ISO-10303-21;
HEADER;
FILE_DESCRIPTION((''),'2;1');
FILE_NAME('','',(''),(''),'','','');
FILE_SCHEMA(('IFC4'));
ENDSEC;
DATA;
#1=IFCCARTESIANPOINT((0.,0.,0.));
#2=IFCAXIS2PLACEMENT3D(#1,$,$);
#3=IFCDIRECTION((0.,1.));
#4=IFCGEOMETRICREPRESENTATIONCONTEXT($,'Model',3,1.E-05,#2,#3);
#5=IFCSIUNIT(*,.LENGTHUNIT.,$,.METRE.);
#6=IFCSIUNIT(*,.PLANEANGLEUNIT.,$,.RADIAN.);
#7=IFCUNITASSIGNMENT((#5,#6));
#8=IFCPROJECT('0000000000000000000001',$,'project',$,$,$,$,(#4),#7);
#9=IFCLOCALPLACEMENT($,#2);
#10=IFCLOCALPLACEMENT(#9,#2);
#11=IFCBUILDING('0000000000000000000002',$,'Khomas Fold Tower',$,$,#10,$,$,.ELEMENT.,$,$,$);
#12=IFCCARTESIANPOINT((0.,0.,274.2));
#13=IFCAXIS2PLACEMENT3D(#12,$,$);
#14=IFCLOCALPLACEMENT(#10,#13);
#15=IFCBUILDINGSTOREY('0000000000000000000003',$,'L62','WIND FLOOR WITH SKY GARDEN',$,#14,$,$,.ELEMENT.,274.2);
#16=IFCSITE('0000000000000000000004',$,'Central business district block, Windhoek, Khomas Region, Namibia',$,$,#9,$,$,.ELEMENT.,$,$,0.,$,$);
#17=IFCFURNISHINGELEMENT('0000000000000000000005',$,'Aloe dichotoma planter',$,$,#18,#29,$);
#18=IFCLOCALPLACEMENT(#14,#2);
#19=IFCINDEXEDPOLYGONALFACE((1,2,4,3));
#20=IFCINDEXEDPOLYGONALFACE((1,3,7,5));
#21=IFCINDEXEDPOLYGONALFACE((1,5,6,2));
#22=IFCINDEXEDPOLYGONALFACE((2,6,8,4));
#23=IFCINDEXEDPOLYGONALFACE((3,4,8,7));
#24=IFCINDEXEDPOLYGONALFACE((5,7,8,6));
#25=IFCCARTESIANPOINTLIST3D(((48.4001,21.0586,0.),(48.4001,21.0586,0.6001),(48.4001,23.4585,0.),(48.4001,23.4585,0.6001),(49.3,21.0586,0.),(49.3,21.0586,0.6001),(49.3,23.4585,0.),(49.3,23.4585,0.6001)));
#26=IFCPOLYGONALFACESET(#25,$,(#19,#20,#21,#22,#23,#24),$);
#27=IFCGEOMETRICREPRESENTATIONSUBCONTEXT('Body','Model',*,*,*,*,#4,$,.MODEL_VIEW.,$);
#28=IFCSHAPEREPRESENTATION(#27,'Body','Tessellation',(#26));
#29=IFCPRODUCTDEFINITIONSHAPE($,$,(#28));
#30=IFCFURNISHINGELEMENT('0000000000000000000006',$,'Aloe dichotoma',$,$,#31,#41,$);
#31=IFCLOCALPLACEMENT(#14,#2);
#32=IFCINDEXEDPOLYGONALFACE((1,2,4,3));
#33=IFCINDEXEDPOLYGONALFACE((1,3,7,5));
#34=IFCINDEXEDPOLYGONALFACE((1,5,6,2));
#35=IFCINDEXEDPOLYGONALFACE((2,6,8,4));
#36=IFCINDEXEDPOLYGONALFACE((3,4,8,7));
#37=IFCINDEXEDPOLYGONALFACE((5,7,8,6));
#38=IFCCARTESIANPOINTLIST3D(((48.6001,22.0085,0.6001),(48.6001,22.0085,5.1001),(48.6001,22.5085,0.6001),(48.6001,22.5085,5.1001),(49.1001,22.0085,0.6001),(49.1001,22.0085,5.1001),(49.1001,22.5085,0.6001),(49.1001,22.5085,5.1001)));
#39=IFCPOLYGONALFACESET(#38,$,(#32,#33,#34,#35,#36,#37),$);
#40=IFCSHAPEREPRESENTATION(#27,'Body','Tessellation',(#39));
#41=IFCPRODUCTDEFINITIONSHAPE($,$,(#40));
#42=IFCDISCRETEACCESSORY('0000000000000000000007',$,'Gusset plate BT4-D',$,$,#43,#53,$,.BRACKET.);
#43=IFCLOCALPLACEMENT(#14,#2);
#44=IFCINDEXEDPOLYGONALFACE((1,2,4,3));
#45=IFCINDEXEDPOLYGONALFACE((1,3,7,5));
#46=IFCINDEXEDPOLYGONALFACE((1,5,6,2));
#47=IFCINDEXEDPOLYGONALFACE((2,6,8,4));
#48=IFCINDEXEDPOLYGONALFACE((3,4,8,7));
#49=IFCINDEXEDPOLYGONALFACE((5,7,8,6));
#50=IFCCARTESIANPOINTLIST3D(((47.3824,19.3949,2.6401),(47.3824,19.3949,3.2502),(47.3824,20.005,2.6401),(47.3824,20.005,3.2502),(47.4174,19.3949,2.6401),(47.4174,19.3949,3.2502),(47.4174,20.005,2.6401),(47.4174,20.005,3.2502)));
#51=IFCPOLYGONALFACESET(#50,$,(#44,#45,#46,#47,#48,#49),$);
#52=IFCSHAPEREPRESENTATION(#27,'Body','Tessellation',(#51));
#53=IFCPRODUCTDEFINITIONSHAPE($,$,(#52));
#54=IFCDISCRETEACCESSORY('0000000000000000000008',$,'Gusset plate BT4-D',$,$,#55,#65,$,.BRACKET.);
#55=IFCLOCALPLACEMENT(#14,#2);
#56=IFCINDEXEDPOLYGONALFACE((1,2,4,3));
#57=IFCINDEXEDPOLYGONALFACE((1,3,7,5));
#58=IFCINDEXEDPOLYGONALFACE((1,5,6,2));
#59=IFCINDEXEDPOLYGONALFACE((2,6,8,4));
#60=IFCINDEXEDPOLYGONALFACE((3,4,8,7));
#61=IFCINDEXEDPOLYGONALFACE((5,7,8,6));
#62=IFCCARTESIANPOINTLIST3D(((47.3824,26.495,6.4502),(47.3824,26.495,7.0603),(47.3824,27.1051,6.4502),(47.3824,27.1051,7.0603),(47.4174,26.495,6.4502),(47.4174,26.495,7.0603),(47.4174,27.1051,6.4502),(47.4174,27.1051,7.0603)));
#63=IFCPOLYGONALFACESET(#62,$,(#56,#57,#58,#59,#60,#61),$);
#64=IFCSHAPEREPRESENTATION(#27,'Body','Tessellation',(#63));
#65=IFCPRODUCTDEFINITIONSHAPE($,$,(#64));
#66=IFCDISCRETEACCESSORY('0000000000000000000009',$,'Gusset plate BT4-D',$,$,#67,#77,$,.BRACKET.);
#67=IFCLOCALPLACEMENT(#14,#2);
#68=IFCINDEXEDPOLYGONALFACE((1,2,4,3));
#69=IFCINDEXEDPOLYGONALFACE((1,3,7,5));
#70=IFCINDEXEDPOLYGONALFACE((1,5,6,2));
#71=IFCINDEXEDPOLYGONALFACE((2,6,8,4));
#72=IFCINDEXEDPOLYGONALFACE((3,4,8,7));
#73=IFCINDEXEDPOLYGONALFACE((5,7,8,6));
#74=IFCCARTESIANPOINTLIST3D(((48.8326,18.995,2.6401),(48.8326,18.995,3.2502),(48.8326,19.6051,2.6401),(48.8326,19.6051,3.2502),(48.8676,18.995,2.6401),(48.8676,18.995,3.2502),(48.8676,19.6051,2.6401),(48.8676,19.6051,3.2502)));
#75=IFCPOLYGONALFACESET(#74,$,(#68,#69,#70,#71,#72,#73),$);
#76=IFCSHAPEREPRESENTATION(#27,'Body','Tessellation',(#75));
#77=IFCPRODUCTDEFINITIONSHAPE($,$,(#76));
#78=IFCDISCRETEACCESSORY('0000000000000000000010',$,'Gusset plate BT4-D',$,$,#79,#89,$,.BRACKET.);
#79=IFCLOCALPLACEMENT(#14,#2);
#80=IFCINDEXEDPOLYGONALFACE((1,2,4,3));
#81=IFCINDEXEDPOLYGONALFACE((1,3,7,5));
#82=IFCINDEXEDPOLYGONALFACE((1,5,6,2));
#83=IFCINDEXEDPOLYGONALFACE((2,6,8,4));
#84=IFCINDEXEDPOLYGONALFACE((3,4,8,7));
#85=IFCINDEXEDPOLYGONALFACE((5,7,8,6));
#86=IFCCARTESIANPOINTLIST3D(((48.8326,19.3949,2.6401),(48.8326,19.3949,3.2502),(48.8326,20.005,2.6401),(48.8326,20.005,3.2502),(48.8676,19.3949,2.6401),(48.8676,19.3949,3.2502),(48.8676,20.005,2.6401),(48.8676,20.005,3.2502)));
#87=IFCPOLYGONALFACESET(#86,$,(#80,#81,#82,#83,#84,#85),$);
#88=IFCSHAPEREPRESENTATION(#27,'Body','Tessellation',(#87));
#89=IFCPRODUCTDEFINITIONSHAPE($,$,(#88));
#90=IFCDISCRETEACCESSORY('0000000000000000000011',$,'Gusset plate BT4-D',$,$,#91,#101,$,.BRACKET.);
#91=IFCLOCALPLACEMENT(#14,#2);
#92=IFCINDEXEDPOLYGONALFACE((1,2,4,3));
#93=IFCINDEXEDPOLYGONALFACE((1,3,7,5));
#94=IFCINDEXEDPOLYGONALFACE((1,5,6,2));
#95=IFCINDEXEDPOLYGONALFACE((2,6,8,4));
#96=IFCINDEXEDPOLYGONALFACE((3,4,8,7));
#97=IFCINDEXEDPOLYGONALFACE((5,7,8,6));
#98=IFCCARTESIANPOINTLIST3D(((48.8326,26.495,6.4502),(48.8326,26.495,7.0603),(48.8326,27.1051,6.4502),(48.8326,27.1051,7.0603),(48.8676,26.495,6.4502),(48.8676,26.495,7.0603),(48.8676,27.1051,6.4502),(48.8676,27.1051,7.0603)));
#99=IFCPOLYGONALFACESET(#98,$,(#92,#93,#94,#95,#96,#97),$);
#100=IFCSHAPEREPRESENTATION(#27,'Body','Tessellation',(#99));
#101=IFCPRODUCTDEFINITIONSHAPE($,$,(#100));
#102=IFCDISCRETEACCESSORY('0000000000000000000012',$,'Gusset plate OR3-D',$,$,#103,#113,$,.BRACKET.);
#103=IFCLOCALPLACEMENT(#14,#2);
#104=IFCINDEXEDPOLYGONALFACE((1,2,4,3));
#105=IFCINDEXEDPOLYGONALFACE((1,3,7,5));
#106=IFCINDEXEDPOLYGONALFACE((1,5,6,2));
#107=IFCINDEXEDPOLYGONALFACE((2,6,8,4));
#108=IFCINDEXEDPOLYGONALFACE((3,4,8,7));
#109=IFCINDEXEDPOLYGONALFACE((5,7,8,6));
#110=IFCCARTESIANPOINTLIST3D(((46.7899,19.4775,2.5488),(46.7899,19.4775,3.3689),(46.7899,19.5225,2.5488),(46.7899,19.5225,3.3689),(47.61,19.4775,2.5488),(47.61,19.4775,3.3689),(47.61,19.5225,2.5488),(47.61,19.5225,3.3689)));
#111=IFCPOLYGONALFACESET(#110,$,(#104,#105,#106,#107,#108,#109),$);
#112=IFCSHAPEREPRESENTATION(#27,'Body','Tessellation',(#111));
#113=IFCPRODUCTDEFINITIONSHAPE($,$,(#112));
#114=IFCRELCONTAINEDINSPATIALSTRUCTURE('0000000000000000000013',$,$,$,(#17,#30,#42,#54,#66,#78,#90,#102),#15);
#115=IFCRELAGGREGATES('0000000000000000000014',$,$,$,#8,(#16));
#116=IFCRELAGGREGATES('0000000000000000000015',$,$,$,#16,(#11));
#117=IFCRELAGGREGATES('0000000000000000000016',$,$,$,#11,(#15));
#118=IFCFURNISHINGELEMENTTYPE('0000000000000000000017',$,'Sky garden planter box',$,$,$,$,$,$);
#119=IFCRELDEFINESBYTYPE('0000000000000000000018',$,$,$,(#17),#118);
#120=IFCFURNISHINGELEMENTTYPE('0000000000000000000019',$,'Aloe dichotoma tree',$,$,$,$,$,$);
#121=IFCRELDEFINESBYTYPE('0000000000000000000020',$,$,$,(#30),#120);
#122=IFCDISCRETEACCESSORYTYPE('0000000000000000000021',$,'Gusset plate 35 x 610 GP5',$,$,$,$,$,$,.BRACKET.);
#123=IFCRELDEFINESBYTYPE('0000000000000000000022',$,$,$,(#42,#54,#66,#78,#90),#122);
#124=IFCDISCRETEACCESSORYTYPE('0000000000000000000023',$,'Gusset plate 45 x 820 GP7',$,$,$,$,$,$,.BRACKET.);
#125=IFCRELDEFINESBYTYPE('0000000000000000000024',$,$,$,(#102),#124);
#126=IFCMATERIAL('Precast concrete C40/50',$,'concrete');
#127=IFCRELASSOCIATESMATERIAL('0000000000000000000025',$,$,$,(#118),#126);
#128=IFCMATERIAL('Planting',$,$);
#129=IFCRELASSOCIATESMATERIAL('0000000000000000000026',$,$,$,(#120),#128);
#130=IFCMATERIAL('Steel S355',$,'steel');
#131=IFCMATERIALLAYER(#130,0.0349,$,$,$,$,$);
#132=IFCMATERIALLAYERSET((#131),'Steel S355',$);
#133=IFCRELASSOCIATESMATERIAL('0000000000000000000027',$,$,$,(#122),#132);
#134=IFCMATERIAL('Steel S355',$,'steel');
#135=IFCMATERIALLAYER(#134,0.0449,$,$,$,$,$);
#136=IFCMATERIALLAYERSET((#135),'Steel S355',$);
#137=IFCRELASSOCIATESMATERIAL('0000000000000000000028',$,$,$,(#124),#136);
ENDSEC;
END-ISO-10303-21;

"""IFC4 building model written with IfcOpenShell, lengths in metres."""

from ifc_helpers import new_model, si_unit, direction, frame, origin, origin_2d, place, context, subcontext, project, spatial, rectangle, extrude, source, transform, mapped, material, layer, layer_set, type_object, element, save


model = new_model("IFC4")

# Units and contexts
model_context = context("Model", 3, precision=1e-05, world=origin(), true_north=direction((0.0, 1.0)))
body_context = subcontext(model_context, "Body", "Model", "MODEL_VIEW")
ifc_project = project(units=[si_unit("LENGTHUNIT", "METRE"), si_unit("PLANEANGLEUNIT", "RADIAN")], contexts=[model_context])

# Site, building, storey
site_placement = place(None, origin())
site = spatial("IfcSite", under=ifc_project, at=site_placement, Name="Central business district block, Windhoek, Khomas Region, Namibia", CompositionType="ELEMENT", RefElevation=0.0)
building_placement = place(site_placement, origin())
building = spatial("IfcBuilding", under=site, at=building_placement, Name="Khomas Fold Tower", CompositionType="ELEMENT")
storey_placement = place(building_placement, frame((0.0, 0.0, 274.2)))
storey = spatial("IfcBuildingStorey", under=building, at=storey_placement, Name="L62", Description="WIND FLOOR WITH SKY GARDEN", CompositionType="ELEMENT", Elevation=274.2)

# Furnishing elements
ifc_material_1 = material(Name="Precast concrete C40/50", Category="concrete")
furnishing_element_type_1 = type_object("IfcFurnishingElementType", Name="Sky garden planter box", material=ifc_material_1)
shared_shape_1 = source(origin(), body_context, "Body", "SweptSolid", [
    extrude(rectangle(XDim=2.3999, YDim=0.8999, at=origin_2d()), origin(), (0.0, 0.0, 1.0), 0.6001),
])
furnishing_1_placement = place(storey_placement, frame((48.8501, 22.2585, 0.0), z_axis=(0.0, 0.0, 1.0), x_axis=(0.0, -1.0, 0.0)))
element("IfcFurnishingElement", 1, at=furnishing_1_placement, inside=storey, type_object=furnishing_element_type_1, Name="Aloe dichotoma planter", context=body_context, shape_type="MappedRepresentation", body=[
    mapped(shared_shape_1, transform((0.0, 0.0, 0.0))),
])
ifc_material_2 = material(Name="Planting")
furnishing_element_type_2 = type_object("IfcFurnishingElementType", Name="Aloe dichotoma tree", material=ifc_material_2)
shared_shape_2 = source(origin(), body_context, "Body", "SweptSolid", [
    extrude(rectangle(XDim=0.5, YDim=0.5, at=origin_2d()), origin(), (0.0, 0.0, 1.0), 4.5),
])
furnishing_2_placement = place(storey_placement, frame((48.8501, 22.2585, 0.6001), z_axis=(0.0, 0.0, 1.0), x_axis=(1.0, 0.0, 0.0)))
element("IfcFurnishingElement", 2, at=furnishing_2_placement, inside=storey, type_object=furnishing_element_type_2, Name="Aloe dichotoma", context=body_context, shape_type="MappedRepresentation", body=[
    mapped(shared_shape_2, transform((0.0, 0.0, 0.0))),
])

# Discrete accessories
ifc_material_3 = material(Name="Steel S355", Category="steel")
ifc_layer_1 = layer(ifc_material_3, 0.0349)
ifc_layer_set_1 = layer_set([ifc_layer_1], Name="Steel S355")
discrete_accessory_type_1 = type_object("IfcDiscreteAccessoryType", Name="Gusset plate 35 x 610 GP5", PredefinedType="BRACKET", material=ifc_layer_set_1)
shared_shape_3 = source(origin(), body_context, "Body", "SweptSolid", [
    extrude(rectangle(XDim=0.6101, YDim=0.0349, at=origin_2d()), origin(), (0.0, 0.0, 1.0), 0.6101),
])
for number, where, z_axis, x_axis, name in (
    (3, (47.3999, 19.7, 2.6401), (0.0, 0.0, 1.0), (0.0, 1.0, 0.0), "Gusset plate BT4-D"),
    (4, (47.3999, 26.8, 6.4502), (0.0, 0.0, 1.0), (0.0, 1.0, 0.0), "Gusset plate BT4-D"),
    (5, (48.8501, 19.3, 2.6401), (0.0, 0.0, 1.0), (0.0, 1.0, 0.0), "Gusset plate BT4-D"),
    (6, (48.8501, 19.7, 2.6401), (0.0, 0.0, 1.0), (0.0, 1.0, 0.0), "Gusset plate BT4-D"),
    (7, (48.8501, 26.8, 6.4502), (0.0, 0.0, 1.0), (0.0, 1.0, 0.0), "Gusset plate BT4-D"),
):
    element("IfcDiscreteAccessory", number, at=place(storey_placement, frame(where, z_axis=z_axis, x_axis=x_axis)), inside=storey, type_object=discrete_accessory_type_1, Name=name, PredefinedType="BRACKET", context=body_context, shape_type="MappedRepresentation", body=[
        mapped(shared_shape_3, transform((0.0, 0.0, 0.0))),
    ])
ifc_material_4 = material(Name="Steel S355", Category="steel")
ifc_layer_2 = layer(ifc_material_4, 0.0449)
ifc_layer_set_2 = layer_set([ifc_layer_2], Name="Steel S355")
discrete_accessory_type_2 = type_object("IfcDiscreteAccessoryType", Name="Gusset plate 45 x 820 GP7", PredefinedType="BRACKET", material=ifc_layer_set_2)
shared_shape_4 = source(origin(), body_context, "Body", "SweptSolid", [
    extrude(rectangle(XDim=0.8201, YDim=0.0449, at=origin_2d()), origin(), (0.0, 0.0, 1.0), 0.8201),
])
discrete_accessory_placement = place(storey_placement, frame((47.2, 19.5, 2.5488), z_axis=(0.0, 0.0, 1.0), x_axis=(1.0, 0.0, 0.0)))
element("IfcDiscreteAccessory", 8, at=discrete_accessory_placement, inside=storey, type_object=discrete_accessory_type_2, Name="Gusset plate OR3-D", PredefinedType="BRACKET", context=body_context, shape_type="MappedRepresentation", body=[
    mapped(shared_shape_4, transform((0.0, 0.0, 0.0))),
])

save(model, "model.ifc")
